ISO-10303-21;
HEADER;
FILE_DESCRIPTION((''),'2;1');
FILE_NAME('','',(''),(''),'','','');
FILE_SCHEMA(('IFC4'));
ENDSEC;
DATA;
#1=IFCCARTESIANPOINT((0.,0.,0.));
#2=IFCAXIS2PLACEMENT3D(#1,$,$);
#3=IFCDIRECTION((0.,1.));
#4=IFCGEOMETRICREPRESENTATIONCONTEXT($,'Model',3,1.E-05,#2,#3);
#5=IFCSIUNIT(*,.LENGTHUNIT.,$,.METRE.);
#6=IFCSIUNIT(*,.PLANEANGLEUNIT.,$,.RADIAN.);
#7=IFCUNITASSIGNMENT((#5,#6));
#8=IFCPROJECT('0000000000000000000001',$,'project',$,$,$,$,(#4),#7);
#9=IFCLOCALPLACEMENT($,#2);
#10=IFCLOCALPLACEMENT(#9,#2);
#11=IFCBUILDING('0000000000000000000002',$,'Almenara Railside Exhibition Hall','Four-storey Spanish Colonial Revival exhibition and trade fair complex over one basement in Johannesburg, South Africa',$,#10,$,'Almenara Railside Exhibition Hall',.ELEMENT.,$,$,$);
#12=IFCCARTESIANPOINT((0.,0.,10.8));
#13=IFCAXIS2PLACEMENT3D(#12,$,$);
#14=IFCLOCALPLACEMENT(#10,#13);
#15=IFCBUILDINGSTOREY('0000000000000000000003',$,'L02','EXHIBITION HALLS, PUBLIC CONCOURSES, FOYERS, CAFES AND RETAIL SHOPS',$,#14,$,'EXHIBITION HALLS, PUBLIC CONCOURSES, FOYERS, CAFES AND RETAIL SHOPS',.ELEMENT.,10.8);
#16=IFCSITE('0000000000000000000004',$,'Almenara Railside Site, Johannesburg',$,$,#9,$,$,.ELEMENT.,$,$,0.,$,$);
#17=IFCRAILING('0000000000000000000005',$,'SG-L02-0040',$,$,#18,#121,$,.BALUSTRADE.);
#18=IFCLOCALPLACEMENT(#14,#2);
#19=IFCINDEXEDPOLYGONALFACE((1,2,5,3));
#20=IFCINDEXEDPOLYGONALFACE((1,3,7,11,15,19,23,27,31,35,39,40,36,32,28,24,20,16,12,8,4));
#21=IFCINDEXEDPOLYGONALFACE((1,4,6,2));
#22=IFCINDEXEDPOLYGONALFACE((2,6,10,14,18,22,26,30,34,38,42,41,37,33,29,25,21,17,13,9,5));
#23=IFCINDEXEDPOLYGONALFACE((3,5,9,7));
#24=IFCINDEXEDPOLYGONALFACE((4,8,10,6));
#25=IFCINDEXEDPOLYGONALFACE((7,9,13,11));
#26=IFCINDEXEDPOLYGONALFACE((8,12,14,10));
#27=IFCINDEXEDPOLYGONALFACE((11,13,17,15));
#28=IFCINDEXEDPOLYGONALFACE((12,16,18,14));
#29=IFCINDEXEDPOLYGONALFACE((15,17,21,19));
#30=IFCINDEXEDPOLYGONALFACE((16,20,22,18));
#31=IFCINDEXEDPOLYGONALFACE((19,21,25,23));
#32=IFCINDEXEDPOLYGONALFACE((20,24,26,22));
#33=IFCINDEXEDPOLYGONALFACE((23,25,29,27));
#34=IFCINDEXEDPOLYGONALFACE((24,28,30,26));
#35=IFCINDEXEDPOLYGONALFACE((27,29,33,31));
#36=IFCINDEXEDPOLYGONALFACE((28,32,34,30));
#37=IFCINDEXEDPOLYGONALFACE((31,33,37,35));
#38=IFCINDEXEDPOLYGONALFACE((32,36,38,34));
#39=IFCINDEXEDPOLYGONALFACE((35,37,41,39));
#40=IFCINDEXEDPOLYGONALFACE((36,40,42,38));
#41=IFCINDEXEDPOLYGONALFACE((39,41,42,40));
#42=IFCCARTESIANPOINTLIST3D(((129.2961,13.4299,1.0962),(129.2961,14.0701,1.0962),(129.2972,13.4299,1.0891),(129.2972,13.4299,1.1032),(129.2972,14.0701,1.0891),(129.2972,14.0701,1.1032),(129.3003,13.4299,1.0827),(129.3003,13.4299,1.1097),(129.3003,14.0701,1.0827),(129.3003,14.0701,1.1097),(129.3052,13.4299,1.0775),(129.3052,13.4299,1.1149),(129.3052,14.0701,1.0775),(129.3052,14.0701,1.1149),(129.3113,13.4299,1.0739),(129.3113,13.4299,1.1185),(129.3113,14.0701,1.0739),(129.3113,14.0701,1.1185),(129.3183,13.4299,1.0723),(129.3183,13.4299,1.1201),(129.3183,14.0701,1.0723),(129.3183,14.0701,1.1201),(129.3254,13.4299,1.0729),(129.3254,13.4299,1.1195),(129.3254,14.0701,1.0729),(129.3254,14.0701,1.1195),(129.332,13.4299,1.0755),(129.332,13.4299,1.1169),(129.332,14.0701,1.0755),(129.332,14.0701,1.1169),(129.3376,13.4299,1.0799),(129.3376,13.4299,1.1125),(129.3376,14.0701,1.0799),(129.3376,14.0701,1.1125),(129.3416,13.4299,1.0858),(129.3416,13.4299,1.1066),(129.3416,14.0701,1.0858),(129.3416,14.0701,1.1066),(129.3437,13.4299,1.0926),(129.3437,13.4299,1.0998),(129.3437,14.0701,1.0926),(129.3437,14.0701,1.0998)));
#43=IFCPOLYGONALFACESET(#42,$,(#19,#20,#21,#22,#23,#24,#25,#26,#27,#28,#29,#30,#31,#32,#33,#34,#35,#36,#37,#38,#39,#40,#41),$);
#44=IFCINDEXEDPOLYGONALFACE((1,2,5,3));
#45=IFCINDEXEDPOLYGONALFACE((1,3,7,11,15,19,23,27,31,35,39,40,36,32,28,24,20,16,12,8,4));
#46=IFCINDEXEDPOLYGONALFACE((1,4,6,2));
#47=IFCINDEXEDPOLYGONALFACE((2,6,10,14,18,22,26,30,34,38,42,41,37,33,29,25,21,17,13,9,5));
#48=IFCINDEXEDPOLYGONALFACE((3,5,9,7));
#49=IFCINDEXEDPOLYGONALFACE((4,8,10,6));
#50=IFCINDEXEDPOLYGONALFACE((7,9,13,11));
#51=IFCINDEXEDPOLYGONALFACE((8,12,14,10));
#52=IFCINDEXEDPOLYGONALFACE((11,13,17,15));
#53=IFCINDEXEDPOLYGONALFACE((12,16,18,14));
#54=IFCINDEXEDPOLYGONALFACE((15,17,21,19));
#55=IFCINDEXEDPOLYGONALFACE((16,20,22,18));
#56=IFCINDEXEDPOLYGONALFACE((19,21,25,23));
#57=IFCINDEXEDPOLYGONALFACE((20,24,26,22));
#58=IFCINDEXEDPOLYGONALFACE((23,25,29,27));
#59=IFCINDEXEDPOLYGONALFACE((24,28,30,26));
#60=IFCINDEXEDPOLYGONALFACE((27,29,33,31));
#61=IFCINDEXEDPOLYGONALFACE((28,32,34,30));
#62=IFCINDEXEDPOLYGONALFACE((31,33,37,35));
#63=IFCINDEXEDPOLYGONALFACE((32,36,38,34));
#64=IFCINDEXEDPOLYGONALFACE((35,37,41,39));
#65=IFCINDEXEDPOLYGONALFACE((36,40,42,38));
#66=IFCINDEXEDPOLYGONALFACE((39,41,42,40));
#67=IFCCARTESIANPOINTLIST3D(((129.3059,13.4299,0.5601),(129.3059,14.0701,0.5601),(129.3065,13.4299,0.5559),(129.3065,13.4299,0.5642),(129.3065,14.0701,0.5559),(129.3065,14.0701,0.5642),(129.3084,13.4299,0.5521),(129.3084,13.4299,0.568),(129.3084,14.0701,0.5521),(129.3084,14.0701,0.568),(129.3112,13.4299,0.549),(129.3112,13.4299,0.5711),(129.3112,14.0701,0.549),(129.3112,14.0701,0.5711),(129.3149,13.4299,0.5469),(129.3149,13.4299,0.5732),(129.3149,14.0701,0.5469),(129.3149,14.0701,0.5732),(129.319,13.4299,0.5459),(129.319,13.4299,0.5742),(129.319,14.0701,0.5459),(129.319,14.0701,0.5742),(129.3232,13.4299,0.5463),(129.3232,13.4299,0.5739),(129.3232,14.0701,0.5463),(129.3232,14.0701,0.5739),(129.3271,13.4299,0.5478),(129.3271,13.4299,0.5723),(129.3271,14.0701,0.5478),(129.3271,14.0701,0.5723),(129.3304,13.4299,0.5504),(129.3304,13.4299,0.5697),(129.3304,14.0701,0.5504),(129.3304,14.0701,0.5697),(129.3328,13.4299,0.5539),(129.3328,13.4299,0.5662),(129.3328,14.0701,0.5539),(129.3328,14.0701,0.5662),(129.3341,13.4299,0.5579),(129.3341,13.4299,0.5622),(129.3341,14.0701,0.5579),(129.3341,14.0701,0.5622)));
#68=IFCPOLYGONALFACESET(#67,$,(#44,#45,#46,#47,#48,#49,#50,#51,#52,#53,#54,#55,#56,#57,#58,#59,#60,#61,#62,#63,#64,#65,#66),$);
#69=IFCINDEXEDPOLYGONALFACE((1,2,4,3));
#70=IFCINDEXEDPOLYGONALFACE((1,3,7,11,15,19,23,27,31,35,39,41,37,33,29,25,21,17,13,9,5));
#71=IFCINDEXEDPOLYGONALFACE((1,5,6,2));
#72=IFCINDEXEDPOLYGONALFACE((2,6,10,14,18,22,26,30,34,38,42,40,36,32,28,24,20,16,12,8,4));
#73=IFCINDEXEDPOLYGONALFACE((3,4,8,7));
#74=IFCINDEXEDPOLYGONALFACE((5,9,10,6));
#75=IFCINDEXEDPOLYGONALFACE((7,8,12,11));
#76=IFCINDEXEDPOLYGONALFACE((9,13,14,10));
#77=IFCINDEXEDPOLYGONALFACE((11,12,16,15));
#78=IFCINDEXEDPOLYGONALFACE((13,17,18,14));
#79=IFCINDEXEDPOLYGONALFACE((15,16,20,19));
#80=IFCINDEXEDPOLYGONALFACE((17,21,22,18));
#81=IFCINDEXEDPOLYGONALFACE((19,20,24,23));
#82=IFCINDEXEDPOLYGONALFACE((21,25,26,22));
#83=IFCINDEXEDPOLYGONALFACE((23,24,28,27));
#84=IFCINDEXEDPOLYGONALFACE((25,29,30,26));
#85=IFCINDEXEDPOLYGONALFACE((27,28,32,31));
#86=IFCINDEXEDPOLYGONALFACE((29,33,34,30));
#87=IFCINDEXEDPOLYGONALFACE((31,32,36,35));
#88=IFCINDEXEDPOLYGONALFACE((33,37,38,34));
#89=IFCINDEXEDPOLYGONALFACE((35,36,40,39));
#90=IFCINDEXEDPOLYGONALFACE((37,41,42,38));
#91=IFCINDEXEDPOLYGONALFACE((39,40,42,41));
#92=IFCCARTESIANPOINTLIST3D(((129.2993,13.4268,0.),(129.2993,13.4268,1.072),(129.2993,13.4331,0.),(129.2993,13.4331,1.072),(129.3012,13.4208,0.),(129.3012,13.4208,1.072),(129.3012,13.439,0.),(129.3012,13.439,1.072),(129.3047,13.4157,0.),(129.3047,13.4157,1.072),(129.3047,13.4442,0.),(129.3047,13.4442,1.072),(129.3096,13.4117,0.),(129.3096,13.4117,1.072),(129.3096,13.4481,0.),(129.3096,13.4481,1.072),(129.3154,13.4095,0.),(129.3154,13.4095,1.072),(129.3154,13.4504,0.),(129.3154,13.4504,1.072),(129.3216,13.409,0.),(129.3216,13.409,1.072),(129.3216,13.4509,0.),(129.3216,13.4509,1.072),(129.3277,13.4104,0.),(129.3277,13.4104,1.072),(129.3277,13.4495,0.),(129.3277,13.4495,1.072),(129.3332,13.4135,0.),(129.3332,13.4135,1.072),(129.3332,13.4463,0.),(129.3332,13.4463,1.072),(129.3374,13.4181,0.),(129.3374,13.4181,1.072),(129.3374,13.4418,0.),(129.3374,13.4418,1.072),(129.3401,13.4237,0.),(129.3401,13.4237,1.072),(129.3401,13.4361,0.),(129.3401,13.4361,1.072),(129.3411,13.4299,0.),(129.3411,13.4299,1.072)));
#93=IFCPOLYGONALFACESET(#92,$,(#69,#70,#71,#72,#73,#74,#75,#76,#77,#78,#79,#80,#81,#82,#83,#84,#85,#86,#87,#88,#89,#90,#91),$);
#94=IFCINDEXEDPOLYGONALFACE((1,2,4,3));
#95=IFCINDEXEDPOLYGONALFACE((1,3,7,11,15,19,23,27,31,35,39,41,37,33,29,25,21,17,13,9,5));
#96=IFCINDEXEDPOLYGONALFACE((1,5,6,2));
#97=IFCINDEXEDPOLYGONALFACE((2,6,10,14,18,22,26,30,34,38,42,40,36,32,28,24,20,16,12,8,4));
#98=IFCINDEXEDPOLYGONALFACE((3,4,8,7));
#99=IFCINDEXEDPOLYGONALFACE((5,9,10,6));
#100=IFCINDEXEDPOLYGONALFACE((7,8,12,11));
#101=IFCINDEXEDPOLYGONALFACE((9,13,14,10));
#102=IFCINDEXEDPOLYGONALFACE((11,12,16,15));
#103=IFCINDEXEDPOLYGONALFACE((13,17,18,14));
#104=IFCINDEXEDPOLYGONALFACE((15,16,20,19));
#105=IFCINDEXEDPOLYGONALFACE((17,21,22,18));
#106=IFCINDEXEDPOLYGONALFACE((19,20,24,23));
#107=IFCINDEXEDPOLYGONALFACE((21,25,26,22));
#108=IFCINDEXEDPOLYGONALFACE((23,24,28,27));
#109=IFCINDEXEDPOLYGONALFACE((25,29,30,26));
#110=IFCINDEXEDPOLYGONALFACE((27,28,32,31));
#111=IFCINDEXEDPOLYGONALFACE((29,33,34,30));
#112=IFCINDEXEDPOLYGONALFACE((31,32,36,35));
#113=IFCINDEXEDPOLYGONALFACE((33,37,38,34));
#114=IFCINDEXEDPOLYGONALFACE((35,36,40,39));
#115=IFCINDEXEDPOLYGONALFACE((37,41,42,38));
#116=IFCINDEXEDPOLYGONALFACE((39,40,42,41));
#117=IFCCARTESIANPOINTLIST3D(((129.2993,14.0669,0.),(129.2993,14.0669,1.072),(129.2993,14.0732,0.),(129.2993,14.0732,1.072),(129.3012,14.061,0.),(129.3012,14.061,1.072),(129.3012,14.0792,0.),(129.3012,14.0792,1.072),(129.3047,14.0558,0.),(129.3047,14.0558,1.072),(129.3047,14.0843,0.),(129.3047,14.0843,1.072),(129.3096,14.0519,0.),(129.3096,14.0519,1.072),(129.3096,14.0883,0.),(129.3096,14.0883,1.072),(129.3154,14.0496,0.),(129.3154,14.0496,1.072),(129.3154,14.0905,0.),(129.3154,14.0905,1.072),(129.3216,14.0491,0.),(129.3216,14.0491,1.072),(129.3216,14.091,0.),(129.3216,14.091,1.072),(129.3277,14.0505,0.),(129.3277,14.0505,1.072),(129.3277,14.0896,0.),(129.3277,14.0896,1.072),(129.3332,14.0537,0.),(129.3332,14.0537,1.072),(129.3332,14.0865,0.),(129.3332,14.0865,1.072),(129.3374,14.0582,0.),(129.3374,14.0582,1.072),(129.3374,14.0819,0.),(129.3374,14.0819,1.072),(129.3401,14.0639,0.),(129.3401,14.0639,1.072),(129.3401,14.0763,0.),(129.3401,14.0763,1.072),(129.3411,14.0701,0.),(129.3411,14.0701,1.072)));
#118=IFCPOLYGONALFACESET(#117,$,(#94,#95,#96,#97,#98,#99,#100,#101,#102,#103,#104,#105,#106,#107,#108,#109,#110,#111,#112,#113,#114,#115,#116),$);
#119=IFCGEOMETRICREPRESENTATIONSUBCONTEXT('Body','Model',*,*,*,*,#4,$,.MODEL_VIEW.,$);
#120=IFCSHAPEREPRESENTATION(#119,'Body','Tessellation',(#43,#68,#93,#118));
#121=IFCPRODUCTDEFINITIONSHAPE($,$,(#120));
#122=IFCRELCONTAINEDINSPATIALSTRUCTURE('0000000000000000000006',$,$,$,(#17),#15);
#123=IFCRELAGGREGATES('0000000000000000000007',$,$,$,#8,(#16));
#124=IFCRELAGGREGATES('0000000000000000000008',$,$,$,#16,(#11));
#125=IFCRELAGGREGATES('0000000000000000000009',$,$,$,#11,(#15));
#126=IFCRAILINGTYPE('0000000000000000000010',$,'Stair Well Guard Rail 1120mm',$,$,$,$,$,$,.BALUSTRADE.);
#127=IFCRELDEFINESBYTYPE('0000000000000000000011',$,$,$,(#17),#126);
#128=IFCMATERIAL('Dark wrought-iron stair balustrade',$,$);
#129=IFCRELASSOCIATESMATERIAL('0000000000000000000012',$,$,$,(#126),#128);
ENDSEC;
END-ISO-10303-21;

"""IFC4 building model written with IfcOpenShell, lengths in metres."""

from ifc_helpers import new_model, si_unit, direction, frame, origin, origin_2d, place, context, subcontext, project, spatial, circle, extrude, material, type_object, element, save


model = new_model("IFC4")

# Units and contexts
model_context = context("Model", 3, precision=1e-05, world=origin(), true_north=direction((0.0, 1.0)))
body_context = subcontext(model_context, "Body", "Model", "MODEL_VIEW")
ifc_project = project(units=[si_unit("LENGTHUNIT", "METRE"), si_unit("PLANEANGLEUNIT", "RADIAN")], contexts=[model_context])

# Site, building, storey
site_placement = place(None, origin())
site = spatial("IfcSite", under=ifc_project, at=site_placement, Name="Almenara Railside Site, Johannesburg", CompositionType="ELEMENT", RefElevation=0.0)
building_placement = place(site_placement, origin())
building = spatial("IfcBuilding", under=site, at=building_placement, Name="Almenara Railside Exhibition Hall", Description="Four-storey Spanish Colonial Revival exhibition and trade fair complex over one basement in Johannesburg, South Africa", LongName="Almenara Railside Exhibition Hall", CompositionType="ELEMENT")
storey_placement = place(building_placement, frame((0.0, 0.0, 10.8)))
storey = spatial("IfcBuildingStorey", under=building, at=storey_placement, Name="L02", Description="EXHIBITION HALLS, PUBLIC CONCOURSES, FOYERS, CAFES AND RETAIL SHOPS", LongName="EXHIBITION HALLS, PUBLIC CONCOURSES, FOYERS, CAFES AND RETAIL SHOPS", CompositionType="ELEMENT", Elevation=10.8)

# Railing
ifc_material_1 = material(Name="Dark wrought-iron stair balustrade")
railing_type_1 = type_object("IfcRailingType", Name="Stair Well Guard Rail 1120mm", PredefinedType="BALUSTRADE", material=ifc_material_1)
railing_1_placement = place(storey_placement, frame((129.3201, 13.4299, 0.0)))
element("IfcRailing", 1, at=railing_1_placement, inside=storey, type_object=railing_type_1, Name="SG-L02-0040", PredefinedType="BALUSTRADE", context=body_context, shape_type="SweptSolid", body=[
    extrude(circle(Radius=0.0239, at=origin_2d()), frame((0.0, 0.0, 1.0962), z_axis=(0.0, 1.0, 0.0), x_axis=(-1.0, 0.0, 0.0)), (0.0, 0.0, 1.0), 0.6401),
    extrude(circle(Radius=0.0142, at=origin_2d()), frame((0.0, 0.0, 0.5601), z_axis=(0.0, 1.0, 0.0), x_axis=(-1.0, 0.0, 0.0)), (0.0, 0.0, 1.0), 0.6401),
    extrude(circle(Radius=0.021, at=origin_2d()), origin(), (0.0, 0.0, 1.0), 1.072),
    extrude(circle(Radius=0.021, at=origin_2d()), frame((0.0, 0.6401, 0.0)), (0.0, 0.0, 1.0), 1.072),
])

save(model, "model.ifc")
